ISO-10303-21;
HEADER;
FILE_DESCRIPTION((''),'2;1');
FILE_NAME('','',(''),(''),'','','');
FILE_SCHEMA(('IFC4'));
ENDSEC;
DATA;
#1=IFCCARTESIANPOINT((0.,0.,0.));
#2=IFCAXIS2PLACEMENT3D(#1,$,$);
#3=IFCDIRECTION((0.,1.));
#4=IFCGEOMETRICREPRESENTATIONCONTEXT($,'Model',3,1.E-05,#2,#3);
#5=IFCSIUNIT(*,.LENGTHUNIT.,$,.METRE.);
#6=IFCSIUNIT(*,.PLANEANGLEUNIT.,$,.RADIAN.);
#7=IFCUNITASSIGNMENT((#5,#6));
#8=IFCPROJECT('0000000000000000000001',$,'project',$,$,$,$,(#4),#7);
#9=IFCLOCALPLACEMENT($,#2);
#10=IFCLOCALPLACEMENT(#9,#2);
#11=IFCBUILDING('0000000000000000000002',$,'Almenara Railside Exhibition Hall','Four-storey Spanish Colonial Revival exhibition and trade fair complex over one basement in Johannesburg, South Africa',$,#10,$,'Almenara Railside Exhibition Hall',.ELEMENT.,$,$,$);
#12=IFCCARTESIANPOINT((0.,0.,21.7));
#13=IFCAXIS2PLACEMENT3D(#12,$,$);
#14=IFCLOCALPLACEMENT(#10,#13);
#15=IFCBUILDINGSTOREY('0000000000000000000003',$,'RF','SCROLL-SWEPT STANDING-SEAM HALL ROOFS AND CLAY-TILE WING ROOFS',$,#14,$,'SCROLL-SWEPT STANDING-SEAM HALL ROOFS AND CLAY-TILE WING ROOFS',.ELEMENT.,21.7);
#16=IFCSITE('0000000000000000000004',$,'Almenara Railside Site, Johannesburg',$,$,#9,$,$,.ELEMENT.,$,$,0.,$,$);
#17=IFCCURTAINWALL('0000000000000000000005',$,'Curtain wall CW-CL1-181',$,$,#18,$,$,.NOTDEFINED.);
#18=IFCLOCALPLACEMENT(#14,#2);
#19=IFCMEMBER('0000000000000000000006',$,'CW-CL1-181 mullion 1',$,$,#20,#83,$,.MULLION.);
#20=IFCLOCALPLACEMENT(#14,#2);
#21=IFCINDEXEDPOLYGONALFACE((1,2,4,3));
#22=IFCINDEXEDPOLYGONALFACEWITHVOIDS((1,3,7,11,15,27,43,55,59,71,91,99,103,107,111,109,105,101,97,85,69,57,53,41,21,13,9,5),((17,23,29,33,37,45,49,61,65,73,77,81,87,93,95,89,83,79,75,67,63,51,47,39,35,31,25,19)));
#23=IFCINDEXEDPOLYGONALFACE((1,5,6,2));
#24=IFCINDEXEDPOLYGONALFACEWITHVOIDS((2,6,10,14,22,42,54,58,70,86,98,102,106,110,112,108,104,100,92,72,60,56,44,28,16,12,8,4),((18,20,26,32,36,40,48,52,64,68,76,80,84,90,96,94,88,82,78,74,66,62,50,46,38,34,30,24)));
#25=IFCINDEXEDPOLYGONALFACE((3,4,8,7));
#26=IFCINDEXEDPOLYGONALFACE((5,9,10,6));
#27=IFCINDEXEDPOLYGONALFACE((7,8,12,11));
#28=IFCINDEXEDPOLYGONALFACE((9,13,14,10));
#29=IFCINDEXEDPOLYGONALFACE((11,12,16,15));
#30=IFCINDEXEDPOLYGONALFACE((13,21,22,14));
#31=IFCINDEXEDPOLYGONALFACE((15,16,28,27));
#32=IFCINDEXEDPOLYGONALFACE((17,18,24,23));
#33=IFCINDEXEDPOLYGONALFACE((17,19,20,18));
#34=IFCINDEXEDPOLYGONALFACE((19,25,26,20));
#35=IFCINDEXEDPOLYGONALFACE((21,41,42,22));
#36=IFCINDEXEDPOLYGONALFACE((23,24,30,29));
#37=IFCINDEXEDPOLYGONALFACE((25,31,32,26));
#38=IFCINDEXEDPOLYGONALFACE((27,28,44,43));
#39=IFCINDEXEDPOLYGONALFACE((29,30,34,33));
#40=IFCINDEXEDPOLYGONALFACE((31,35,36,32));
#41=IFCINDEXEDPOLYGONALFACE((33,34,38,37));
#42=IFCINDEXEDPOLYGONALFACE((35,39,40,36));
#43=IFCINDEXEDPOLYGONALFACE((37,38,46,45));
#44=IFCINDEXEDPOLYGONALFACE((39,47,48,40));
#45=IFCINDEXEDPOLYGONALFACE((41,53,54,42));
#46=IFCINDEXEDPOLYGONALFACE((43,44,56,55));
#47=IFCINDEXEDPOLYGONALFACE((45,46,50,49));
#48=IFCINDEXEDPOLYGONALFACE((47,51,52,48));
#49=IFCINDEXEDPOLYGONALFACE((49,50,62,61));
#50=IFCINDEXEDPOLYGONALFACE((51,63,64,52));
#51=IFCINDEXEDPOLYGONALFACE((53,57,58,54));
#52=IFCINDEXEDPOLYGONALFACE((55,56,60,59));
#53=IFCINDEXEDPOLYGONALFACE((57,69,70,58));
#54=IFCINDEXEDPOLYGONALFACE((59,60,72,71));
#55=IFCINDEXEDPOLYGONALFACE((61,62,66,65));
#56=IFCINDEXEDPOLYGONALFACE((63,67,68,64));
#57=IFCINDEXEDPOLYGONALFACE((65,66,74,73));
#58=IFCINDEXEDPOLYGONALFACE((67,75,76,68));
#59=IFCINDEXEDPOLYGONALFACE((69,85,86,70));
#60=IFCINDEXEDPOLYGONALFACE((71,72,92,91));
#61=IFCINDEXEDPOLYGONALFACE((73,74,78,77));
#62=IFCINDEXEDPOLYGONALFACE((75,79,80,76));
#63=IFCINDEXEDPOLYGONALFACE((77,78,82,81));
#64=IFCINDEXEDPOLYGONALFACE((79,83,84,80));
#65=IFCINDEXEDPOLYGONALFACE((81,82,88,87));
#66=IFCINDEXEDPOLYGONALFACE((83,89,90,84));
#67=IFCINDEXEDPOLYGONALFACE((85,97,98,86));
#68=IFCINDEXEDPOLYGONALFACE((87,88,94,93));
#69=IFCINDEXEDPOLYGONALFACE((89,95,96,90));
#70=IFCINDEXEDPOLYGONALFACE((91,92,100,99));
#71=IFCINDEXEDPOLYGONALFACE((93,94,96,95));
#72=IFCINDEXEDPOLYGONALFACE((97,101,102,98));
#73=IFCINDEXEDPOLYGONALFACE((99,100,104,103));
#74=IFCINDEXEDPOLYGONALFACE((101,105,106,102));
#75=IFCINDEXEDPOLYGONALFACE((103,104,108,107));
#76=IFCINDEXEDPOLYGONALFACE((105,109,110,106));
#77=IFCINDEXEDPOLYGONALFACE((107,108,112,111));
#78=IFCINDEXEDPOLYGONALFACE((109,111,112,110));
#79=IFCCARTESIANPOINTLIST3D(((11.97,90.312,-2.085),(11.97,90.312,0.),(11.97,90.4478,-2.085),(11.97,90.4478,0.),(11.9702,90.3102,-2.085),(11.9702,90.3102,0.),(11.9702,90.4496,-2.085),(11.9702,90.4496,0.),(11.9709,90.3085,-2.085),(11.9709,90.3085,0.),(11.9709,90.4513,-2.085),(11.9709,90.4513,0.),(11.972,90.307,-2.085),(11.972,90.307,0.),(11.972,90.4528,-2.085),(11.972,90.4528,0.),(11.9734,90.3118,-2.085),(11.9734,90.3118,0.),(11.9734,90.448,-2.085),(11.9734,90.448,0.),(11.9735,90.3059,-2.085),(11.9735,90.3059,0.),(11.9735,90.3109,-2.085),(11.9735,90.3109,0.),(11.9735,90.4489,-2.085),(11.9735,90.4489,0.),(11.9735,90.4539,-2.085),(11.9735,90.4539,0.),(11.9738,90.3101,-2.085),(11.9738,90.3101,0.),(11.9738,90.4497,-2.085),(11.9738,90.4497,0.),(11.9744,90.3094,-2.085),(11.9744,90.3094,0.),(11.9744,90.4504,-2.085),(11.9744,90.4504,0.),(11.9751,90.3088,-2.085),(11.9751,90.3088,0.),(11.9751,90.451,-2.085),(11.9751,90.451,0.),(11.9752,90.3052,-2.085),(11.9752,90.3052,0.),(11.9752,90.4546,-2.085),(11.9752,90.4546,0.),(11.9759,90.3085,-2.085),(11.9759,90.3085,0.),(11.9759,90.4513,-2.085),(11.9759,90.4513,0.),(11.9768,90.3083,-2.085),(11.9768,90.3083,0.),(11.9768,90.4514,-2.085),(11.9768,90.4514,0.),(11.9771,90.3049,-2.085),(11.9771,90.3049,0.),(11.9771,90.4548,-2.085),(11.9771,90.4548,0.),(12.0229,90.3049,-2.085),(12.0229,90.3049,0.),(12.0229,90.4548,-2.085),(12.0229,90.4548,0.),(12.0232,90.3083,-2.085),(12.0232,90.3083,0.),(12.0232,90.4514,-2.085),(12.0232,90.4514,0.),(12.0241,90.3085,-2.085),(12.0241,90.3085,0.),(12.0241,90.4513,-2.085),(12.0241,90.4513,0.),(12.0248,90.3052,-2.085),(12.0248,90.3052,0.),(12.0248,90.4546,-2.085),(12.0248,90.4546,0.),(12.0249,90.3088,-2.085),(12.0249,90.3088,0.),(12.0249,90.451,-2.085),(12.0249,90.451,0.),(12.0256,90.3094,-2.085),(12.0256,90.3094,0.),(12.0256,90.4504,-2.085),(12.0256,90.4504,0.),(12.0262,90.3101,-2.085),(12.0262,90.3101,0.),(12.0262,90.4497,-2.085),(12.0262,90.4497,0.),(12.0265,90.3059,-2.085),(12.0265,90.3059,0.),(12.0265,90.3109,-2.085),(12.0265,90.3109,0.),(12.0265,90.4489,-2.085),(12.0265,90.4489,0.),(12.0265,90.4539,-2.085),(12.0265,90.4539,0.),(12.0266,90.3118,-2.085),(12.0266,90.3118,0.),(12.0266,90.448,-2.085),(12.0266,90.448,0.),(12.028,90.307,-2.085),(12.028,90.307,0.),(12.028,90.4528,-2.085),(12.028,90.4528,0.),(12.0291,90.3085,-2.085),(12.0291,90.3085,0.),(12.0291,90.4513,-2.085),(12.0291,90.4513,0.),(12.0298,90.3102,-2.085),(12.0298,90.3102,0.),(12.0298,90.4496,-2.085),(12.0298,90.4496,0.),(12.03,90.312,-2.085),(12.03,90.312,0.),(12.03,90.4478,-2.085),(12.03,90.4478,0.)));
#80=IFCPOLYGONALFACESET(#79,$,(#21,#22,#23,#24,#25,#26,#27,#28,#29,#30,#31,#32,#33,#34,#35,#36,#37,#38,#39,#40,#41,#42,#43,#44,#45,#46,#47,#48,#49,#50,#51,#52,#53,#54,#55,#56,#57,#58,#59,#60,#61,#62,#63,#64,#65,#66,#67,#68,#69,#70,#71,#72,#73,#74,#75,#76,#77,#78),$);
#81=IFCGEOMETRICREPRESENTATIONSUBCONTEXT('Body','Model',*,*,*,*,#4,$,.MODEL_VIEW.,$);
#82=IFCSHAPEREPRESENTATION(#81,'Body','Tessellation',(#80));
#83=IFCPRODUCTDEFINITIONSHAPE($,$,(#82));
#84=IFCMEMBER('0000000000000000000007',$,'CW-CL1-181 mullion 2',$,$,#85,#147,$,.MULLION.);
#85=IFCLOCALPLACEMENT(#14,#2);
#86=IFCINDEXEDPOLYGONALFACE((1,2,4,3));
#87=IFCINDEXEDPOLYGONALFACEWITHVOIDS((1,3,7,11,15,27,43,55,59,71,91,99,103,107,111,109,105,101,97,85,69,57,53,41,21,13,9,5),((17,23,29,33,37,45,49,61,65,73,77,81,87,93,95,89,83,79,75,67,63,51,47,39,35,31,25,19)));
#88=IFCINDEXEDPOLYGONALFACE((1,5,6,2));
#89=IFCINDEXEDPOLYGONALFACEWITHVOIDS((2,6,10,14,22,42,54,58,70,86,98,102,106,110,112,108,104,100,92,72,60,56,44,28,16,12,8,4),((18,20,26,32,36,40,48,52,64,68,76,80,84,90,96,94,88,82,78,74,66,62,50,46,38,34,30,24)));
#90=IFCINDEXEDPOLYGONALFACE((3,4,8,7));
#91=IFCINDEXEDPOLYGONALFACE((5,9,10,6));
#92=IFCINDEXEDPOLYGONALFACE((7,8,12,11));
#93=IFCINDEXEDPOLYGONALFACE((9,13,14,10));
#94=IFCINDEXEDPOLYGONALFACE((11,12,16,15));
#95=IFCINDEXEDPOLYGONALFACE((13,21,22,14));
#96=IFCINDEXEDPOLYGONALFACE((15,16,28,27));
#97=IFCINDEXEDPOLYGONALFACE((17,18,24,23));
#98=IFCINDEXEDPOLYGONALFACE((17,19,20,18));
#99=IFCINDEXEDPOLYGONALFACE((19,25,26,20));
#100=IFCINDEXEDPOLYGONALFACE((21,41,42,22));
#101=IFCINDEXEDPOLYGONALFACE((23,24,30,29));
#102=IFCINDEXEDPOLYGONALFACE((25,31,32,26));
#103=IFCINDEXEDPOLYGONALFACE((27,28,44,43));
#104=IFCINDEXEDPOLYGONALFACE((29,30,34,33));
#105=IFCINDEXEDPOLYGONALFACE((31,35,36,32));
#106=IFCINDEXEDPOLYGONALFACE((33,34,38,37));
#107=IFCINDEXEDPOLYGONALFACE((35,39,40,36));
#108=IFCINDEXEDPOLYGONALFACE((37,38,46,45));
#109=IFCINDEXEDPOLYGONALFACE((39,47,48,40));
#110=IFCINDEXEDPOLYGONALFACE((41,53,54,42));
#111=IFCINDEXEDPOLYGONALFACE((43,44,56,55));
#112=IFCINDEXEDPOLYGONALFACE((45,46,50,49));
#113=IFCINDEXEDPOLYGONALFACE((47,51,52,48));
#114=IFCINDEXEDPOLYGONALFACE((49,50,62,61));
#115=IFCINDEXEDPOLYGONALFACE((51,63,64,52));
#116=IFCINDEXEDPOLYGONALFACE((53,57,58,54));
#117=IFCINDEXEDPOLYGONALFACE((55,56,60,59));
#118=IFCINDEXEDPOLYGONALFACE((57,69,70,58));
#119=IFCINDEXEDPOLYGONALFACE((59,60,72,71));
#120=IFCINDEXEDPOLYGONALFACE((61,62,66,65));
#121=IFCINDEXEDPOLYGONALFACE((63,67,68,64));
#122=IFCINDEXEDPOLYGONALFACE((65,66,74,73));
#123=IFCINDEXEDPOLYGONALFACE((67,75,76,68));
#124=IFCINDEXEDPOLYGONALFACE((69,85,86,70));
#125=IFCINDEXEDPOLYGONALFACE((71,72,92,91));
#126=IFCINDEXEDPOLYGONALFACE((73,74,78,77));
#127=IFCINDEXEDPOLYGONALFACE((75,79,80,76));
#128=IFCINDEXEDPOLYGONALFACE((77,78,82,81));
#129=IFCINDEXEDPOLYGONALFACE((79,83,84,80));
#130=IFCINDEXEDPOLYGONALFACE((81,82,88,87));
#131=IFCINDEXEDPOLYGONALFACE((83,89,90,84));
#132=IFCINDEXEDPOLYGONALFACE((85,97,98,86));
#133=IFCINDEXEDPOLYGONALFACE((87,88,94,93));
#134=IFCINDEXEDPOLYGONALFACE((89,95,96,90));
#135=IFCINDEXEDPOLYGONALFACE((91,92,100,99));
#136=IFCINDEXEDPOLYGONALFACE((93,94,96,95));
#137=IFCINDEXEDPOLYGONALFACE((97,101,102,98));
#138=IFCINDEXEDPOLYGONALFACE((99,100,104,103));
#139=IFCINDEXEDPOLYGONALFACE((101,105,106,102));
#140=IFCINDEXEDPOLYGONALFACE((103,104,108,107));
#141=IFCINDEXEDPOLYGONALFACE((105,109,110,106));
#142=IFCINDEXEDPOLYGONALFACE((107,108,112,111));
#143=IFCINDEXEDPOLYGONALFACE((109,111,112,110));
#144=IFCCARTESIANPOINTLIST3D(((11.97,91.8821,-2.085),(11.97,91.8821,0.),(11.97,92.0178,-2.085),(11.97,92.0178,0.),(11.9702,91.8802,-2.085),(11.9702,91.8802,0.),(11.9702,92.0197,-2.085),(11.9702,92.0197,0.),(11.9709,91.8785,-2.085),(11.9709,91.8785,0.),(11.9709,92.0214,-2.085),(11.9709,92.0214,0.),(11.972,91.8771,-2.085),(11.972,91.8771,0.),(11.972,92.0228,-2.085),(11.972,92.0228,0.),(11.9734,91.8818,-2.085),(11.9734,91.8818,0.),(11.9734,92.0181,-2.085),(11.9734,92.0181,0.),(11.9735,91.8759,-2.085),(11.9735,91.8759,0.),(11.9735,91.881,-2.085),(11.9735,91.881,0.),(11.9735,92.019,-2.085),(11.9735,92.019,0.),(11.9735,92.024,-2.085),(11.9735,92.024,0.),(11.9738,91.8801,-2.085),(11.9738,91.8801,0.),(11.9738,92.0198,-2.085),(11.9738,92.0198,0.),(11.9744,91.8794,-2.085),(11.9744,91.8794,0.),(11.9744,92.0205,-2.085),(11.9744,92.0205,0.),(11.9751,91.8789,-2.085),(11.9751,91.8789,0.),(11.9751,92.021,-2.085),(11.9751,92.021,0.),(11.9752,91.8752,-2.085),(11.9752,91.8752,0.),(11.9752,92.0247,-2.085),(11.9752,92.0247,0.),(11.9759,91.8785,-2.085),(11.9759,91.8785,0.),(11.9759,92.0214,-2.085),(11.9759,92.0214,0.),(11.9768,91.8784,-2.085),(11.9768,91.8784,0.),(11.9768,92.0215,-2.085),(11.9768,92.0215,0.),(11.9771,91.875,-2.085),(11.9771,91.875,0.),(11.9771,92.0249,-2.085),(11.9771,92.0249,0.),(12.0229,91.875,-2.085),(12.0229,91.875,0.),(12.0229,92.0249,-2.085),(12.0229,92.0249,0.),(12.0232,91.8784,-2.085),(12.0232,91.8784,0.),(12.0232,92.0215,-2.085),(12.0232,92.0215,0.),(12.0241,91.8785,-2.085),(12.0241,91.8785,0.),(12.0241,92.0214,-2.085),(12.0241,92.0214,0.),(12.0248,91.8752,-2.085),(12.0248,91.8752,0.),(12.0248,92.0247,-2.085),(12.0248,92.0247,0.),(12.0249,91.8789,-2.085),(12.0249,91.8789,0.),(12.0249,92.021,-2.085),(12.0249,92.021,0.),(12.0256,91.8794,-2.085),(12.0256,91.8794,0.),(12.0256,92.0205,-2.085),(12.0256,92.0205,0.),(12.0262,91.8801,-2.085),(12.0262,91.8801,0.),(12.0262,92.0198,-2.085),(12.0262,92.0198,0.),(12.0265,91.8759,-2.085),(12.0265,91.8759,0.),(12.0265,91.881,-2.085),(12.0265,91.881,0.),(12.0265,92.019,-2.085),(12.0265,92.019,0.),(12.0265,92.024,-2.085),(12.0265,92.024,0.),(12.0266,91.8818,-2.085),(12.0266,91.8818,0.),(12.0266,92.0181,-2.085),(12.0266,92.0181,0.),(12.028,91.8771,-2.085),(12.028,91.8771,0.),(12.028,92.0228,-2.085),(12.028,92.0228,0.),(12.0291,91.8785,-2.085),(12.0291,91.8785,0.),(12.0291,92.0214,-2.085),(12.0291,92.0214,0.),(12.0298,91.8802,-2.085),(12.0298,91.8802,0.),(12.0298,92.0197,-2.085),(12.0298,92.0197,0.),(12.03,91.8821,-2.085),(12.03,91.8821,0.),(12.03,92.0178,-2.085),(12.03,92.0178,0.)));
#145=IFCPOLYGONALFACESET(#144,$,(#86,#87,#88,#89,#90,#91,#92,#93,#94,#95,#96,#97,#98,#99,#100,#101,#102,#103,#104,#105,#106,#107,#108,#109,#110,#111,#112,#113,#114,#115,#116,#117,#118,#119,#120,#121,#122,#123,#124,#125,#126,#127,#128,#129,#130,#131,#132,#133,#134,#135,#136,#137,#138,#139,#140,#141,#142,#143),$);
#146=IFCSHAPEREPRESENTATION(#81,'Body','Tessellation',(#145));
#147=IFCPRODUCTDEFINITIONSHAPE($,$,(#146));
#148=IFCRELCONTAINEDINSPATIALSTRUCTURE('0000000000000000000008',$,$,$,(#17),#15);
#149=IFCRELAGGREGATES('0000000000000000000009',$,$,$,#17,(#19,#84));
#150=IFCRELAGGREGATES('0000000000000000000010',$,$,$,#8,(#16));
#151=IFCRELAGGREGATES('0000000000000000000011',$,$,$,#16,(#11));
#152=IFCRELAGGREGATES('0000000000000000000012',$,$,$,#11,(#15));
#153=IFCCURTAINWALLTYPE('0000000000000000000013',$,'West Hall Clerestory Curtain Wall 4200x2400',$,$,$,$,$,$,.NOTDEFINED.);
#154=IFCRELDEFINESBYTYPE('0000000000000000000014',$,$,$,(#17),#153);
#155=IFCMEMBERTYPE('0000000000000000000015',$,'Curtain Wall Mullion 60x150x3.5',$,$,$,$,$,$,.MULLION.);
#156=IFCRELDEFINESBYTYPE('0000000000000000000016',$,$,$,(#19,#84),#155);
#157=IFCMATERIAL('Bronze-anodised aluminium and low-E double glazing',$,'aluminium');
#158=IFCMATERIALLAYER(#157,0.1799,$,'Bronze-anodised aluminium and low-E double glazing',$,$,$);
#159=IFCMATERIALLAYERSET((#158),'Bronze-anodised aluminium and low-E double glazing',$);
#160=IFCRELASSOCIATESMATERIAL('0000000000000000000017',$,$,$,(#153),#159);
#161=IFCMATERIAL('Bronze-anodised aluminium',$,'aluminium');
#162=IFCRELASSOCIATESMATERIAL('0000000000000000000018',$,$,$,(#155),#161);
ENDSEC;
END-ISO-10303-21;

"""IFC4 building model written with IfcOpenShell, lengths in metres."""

from ifc_helpers import new_model, si_unit, direction, frame, origin, origin_2d, place, context, subcontext, project, spatial, hollow_rectangle, extrude, material, layer, layer_set, material_profile, profile_set, type_object, element, aggregate, save


model = new_model("IFC4")

# Units and contexts
model_context = context("Model", 3, precision=1e-05, world=origin(), true_north=direction((0.0, 1.0)))
body_context = subcontext(model_context, "Body", "Model", "MODEL_VIEW")
ifc_project = project(units=[si_unit("LENGTHUNIT", "METRE"), si_unit("PLANEANGLEUNIT", "RADIAN")], contexts=[model_context])

# Site, building, storey
site_placement = place(None, origin())
site = spatial("IfcSite", under=ifc_project, at=site_placement, Name="Almenara Railside Site, Johannesburg", CompositionType="ELEMENT", RefElevation=0.0)
building_placement = place(site_placement, origin())
building = spatial("IfcBuilding", under=site, at=building_placement, Name="Almenara Railside Exhibition Hall", Description="Four-storey Spanish Colonial Revival exhibition and trade fair complex over one basement in Johannesburg, South Africa", LongName="Almenara Railside Exhibition Hall", CompositionType="ELEMENT")
storey_placement = place(building_placement, frame((0.0, 0.0, 21.7)))
storey = spatial("IfcBuildingStorey", under=building, at=storey_placement, Name="RF", Description="SCROLL-SWEPT STANDING-SEAM HALL ROOFS AND CLAY-TILE WING ROOFS", LongName="SCROLL-SWEPT STANDING-SEAM HALL ROOFS AND CLAY-TILE WING ROOFS", CompositionType="ELEMENT", Elevation=21.7)

# Curtain wall, members
ifc_material_1 = material(Name="Bronze-anodised aluminium and low-E double glazing", Category="aluminium")
ifc_layer_1 = layer(ifc_material_1, 0.1799, Name="Bronze-anodised aluminium and low-E double glazing")
ifc_layer_set_1 = layer_set([ifc_layer_1], Name="Bronze-anodised aluminium and low-E double glazing")
curtain_wall_type = type_object("IfcCurtainWallType", Name="West Hall Clerestory Curtain Wall 4200x2400", PredefinedType="NOTDEFINED", material=ifc_layer_set_1)
curtain_wall_1_placement = place(storey_placement, origin())
curtain_wall_1 = element("IfcCurtainWall", 1, at=curtain_wall_1_placement, inside=storey, type_object=curtain_wall_type, Name="Curtain wall CW-CL1-181", PredefinedType="NOTDEFINED")
ifc_material_2 = material(Name="Bronze-anodised aluminium", Category="aluminium")
ifc_material_profile_1 = material_profile(ifc_material_2, hollow_rectangle(XDim=0.0601, YDim=0.1499, WallThickness=0.0034, InnerFilletRadius=0.0034, OuterFilletRadius=0.0071, at=origin_2d()), Name="ALU-MUL 60x150x3.5")
ifc_profile_set_1 = profile_set([ifc_material_profile_1], Name="Bronze-anodised aluminium")
member_type_1 = type_object("IfcMemberType", Name="Curtain Wall Mullion 60x150x3.5", PredefinedType="MULLION", material=ifc_profile_set_1)
member_1_placement = place(storey_placement, frame((12.0, 90.3799, -2.085), z_axis=(0.0, 0.0, 1.0), x_axis=(-1.0, 0.0, 0.0)))
member_1 = element("IfcMember", 2, at=member_1_placement, type_object=member_type_1, Name="CW-CL1-181 mullion 1", PredefinedType="MULLION", context=body_context, shape_type="SweptSolid", body=[
    extrude(hollow_rectangle(XDim=0.0601, YDim=0.1499, WallThickness=0.0034, InnerFilletRadius=0.0034, OuterFilletRadius=0.0071, at=origin_2d()), origin(), (0.0, 0.0, 1.0), 2.085),
])
member_2_placement = place(storey_placement, frame((12.0, 91.95, -2.085), z_axis=(0.0, 0.0, 1.0), x_axis=(-1.0, 0.0, 0.0)))
member_2 = element("IfcMember", 3, at=member_2_placement, type_object=member_type_1, Name="CW-CL1-181 mullion 2", PredefinedType="MULLION", context=body_context, shape_type="SweptSolid", body=[
    extrude(hollow_rectangle(XDim=0.0601, YDim=0.1499, WallThickness=0.0034, InnerFilletRadius=0.0034, OuterFilletRadius=0.0071, at=origin_2d()), origin(), (0.0, 0.0, 1.0), 2.085),
])

aggregate(curtain_wall_1, [member_1, member_2])

save(model, "model.ifc")
